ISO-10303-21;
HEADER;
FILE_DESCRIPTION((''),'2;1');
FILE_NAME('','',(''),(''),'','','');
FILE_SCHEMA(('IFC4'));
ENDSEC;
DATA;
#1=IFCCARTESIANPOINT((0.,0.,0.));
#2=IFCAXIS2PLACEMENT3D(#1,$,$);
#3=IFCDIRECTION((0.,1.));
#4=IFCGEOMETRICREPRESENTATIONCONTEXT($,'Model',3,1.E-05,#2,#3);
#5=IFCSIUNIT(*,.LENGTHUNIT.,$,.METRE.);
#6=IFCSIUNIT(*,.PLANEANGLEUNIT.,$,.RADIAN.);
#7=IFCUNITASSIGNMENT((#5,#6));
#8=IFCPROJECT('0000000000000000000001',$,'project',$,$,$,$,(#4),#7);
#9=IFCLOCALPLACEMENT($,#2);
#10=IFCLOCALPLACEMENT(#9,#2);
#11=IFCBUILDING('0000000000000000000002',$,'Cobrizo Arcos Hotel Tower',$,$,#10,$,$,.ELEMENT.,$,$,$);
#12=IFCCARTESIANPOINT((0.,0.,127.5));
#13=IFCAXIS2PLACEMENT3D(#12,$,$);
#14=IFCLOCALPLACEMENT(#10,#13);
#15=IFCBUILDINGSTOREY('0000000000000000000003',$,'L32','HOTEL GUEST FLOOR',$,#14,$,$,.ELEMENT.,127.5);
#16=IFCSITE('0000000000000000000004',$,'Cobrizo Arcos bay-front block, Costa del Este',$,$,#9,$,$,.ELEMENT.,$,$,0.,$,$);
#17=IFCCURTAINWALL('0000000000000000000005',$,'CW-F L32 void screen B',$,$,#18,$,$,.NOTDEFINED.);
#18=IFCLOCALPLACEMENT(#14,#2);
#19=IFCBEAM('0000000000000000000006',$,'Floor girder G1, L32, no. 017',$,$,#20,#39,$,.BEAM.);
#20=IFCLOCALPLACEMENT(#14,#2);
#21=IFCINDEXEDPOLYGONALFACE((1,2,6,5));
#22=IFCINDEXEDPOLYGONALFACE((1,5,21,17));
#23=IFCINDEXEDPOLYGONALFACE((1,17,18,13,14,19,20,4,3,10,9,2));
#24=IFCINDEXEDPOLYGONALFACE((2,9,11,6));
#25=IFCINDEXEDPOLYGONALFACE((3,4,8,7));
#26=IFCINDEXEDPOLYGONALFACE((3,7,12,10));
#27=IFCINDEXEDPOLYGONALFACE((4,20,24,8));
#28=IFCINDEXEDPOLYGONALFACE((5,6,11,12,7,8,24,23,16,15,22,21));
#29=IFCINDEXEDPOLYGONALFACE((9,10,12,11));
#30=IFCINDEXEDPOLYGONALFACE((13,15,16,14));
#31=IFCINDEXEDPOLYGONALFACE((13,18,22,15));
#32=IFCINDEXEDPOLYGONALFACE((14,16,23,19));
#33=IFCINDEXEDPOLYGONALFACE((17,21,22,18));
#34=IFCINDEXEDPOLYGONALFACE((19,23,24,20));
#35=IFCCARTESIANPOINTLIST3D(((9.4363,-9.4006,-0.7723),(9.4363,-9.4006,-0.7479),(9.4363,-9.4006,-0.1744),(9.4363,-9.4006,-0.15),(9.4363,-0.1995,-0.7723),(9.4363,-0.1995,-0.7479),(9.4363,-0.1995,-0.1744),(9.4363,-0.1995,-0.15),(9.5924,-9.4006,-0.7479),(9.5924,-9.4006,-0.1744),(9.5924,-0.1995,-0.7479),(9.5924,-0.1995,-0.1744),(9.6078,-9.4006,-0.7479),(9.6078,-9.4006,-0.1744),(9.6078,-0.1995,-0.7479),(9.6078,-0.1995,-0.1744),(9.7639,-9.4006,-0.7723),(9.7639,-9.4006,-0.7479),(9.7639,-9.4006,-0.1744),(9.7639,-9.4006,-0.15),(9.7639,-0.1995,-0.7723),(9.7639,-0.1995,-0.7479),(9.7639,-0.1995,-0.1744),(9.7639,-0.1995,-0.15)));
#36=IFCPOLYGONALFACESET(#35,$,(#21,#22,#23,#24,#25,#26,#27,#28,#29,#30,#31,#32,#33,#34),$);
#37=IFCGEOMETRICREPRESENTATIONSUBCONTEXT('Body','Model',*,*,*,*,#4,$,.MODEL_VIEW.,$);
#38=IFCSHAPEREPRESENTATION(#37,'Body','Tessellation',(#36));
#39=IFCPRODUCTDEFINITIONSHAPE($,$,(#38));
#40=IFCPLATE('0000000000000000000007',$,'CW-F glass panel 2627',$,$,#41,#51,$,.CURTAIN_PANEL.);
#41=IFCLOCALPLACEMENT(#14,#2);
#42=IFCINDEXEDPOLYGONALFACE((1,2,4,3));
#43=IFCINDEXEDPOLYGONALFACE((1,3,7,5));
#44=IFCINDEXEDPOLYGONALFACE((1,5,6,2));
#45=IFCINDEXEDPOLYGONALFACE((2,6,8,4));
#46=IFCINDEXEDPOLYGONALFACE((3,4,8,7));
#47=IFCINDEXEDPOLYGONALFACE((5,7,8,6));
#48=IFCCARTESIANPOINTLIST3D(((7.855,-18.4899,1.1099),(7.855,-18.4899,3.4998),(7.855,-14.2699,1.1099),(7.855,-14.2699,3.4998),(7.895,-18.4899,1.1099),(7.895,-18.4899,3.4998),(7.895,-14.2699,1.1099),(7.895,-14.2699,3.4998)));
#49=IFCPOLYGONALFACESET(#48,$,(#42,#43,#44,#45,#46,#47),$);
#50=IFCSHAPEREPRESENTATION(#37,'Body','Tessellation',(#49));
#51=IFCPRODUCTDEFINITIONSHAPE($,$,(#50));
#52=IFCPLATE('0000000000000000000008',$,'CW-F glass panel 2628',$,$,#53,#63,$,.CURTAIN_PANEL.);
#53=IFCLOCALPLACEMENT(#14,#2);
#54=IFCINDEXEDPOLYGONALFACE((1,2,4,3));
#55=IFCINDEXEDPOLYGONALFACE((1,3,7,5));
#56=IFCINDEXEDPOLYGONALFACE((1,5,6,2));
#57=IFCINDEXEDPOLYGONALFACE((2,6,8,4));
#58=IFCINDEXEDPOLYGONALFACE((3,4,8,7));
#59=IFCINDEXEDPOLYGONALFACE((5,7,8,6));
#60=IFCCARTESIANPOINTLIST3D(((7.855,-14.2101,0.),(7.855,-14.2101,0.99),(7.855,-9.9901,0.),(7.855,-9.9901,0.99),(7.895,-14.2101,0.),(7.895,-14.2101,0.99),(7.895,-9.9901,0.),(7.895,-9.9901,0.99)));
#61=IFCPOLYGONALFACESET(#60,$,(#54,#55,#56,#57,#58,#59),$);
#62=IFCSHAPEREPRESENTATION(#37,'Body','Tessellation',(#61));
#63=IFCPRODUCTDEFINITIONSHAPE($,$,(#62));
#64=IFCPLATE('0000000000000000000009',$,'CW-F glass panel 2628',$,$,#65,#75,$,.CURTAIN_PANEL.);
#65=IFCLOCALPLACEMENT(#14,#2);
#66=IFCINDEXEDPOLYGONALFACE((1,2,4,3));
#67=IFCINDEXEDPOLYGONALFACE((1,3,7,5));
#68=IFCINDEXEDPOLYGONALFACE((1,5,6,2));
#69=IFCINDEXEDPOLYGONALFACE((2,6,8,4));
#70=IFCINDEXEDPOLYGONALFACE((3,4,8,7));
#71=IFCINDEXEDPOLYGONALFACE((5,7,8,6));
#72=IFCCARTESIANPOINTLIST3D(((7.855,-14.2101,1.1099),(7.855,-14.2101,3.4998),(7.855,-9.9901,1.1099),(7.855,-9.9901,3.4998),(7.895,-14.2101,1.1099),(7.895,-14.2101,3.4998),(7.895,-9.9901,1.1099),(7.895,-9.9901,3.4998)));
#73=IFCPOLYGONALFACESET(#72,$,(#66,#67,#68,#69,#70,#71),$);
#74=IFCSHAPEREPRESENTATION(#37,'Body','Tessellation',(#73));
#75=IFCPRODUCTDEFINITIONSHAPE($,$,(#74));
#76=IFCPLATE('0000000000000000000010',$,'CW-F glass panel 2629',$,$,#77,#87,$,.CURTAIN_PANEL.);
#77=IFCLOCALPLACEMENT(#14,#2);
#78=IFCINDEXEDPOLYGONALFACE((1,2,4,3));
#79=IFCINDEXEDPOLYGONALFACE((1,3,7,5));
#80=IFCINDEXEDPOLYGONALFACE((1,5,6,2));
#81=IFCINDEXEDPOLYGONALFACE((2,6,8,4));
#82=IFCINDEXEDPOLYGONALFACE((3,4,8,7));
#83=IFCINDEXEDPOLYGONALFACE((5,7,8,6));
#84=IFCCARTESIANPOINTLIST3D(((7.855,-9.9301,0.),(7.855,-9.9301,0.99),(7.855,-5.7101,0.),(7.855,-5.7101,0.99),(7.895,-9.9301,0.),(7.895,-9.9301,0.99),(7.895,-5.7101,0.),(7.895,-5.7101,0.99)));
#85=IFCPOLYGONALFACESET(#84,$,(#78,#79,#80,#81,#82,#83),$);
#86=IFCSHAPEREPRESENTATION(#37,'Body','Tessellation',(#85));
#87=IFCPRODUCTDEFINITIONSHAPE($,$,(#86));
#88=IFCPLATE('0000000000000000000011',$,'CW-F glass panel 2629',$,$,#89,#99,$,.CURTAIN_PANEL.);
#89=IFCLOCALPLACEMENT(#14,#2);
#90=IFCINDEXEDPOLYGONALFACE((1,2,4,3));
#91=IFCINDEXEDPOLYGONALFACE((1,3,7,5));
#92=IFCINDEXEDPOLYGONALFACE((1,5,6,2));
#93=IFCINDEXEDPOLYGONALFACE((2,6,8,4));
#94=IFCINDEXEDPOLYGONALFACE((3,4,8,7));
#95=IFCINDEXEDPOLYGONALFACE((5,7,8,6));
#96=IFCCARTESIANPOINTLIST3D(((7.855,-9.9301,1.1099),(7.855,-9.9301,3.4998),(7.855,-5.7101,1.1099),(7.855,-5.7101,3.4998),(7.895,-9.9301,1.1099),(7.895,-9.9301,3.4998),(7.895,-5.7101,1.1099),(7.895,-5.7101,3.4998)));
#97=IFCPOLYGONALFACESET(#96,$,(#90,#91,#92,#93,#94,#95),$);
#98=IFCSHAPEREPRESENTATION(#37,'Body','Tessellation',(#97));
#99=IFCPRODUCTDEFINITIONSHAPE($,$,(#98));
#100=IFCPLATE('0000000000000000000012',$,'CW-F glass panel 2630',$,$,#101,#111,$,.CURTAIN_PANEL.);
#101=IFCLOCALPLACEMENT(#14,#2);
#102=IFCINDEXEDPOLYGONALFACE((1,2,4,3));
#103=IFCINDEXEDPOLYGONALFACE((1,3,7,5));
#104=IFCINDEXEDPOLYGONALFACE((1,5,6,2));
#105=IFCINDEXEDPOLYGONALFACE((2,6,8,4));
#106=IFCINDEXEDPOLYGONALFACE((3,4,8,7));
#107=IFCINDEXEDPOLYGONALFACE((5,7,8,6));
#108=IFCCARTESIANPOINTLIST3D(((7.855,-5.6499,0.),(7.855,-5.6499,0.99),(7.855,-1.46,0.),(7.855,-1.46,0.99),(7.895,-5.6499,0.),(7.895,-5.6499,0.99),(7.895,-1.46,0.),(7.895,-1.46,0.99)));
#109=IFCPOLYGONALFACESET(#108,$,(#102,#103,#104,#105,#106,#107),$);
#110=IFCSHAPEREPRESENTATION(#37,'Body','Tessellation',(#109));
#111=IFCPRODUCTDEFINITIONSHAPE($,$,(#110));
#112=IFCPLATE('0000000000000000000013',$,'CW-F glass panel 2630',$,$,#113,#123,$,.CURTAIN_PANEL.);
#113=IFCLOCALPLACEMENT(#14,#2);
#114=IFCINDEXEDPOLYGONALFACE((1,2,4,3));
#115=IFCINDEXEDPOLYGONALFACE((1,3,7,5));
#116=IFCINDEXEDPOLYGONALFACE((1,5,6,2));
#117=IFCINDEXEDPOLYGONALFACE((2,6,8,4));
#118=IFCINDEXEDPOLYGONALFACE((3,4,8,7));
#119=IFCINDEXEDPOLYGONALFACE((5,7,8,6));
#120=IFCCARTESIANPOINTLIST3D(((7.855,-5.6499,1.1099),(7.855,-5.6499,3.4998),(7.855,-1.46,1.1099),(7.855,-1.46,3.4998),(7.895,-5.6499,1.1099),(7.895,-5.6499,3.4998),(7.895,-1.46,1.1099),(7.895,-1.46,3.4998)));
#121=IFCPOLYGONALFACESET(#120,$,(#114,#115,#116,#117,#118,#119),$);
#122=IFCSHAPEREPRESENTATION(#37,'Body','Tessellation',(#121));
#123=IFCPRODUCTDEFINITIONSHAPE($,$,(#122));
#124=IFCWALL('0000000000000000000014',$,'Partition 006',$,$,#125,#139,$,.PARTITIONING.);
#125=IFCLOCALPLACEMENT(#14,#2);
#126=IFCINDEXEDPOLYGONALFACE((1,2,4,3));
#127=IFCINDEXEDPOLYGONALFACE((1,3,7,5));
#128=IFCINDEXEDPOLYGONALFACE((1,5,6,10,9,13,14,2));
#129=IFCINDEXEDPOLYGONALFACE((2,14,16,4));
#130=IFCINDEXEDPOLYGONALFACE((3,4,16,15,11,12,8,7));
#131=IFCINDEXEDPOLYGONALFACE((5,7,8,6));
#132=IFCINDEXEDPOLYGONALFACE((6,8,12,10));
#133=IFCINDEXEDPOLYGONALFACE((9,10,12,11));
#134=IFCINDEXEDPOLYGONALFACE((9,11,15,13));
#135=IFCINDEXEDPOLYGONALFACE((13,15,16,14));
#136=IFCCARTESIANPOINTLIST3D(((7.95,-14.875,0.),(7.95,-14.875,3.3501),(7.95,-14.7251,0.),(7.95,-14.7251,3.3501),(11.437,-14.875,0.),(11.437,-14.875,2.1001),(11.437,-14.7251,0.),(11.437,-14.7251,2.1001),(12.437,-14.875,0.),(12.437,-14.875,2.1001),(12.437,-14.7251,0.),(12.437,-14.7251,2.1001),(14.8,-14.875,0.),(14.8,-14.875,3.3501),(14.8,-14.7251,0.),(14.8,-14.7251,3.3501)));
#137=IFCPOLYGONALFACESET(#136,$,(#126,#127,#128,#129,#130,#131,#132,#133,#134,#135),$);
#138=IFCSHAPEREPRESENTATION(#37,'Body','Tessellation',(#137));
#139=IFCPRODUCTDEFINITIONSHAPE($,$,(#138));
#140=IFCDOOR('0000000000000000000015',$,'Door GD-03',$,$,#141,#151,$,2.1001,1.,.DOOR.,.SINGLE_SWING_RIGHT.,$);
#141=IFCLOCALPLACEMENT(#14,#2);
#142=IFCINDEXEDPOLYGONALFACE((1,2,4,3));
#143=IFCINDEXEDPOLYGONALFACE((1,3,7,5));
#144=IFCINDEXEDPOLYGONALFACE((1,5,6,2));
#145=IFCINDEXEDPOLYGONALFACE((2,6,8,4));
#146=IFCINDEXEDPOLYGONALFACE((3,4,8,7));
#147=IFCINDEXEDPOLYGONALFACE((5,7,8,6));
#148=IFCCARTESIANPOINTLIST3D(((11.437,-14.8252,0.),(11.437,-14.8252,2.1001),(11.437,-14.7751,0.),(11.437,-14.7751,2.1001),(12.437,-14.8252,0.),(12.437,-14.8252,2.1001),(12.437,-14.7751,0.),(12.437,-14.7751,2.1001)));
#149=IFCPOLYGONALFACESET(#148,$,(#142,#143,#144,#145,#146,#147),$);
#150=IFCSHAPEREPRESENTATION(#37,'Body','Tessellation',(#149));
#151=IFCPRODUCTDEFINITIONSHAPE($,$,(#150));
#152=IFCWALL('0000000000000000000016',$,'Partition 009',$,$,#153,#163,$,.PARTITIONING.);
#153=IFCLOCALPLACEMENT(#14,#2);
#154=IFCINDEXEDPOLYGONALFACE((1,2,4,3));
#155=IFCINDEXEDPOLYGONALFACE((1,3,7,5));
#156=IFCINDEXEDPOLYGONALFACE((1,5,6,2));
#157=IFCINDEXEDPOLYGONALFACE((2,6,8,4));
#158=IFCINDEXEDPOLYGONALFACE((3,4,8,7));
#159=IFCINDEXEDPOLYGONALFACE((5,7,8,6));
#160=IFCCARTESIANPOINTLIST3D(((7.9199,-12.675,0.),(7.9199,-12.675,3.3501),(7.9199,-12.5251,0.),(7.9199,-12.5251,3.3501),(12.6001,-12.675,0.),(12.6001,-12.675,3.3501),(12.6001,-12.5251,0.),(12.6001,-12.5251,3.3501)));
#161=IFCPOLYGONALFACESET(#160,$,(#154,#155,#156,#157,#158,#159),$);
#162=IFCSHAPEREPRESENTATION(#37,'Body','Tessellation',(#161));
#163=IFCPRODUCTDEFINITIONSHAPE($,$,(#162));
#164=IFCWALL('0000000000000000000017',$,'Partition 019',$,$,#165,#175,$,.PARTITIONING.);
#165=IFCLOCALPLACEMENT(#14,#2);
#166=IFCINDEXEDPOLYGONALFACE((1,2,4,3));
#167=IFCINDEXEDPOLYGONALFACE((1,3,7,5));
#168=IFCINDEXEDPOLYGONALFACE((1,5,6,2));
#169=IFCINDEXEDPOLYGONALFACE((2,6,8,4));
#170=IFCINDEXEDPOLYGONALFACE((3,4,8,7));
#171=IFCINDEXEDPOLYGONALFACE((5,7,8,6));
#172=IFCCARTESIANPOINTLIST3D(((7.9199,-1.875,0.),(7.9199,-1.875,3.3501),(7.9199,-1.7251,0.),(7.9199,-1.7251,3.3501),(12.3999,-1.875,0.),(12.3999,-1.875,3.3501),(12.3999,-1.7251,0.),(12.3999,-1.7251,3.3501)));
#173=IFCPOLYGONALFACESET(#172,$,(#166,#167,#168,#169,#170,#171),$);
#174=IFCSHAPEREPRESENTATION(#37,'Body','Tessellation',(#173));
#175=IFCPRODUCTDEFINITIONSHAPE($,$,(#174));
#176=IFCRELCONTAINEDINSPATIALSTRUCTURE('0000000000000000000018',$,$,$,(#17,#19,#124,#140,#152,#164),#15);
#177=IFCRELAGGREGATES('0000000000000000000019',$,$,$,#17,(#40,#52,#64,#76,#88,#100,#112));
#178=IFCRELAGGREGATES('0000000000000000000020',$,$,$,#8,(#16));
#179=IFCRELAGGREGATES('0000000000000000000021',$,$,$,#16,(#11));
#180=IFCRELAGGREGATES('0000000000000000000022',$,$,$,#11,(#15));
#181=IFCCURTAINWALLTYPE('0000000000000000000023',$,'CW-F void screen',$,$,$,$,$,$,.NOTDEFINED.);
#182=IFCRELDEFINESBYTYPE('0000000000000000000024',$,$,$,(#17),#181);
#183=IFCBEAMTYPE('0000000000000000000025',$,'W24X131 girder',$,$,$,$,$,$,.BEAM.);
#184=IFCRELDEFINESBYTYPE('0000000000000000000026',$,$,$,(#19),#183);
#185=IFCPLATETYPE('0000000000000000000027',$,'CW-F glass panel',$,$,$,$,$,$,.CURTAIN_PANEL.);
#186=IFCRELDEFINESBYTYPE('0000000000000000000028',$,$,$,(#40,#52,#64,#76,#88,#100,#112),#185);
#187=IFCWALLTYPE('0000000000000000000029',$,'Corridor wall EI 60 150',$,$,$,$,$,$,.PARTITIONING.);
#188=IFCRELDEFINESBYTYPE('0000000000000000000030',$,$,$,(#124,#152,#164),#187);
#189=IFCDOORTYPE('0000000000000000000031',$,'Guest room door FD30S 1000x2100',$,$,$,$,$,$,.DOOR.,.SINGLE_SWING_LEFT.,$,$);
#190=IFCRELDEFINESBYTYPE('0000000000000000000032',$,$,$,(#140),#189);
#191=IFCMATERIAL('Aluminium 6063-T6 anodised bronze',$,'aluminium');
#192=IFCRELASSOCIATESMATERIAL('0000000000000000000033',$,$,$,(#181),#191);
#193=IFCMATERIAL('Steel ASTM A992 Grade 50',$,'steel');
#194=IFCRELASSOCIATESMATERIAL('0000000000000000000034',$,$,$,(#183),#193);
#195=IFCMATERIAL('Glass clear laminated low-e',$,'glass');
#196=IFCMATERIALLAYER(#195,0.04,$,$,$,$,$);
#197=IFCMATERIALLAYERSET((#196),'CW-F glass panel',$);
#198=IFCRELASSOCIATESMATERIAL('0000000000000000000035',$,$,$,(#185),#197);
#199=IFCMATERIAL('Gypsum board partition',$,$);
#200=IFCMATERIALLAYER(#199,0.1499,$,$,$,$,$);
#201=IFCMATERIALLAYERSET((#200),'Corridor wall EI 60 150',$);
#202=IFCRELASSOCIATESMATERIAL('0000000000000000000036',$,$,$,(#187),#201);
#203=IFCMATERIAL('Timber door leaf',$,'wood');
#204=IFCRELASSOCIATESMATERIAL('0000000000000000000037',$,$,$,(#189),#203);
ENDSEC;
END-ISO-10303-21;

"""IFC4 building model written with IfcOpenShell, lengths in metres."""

from ifc_helpers import new_model, si_unit, direction, frame, frame_2d, origin, origin_2d, place, context, subcontext, project, spatial, rectangle, i_section, extrude, material, layer, layer_set, material_profile, profile_set, type_object, element, fill, aggregate, save


model = new_model("IFC4")

# Units and contexts
model_context = context("Model", 3, precision=1e-05, world=origin(), true_north=direction((0.0, 1.0)))
body_context = subcontext(model_context, "Body", "Model", "MODEL_VIEW")
ifc_project = project(units=[si_unit("LENGTHUNIT", "METRE"), si_unit("PLANEANGLEUNIT", "RADIAN")], contexts=[model_context])

# Site, building, storey
site_placement = place(None, origin())
site = spatial("IfcSite", under=ifc_project, at=site_placement, Name="Cobrizo Arcos bay-front block, Costa del Este", CompositionType="ELEMENT", RefElevation=0.0)
building_placement = place(site_placement, origin())
building = spatial("IfcBuilding", under=site, at=building_placement, Name="Cobrizo Arcos Hotel Tower", CompositionType="ELEMENT")
storey_placement = place(building_placement, frame((0.0, 0.0, 127.5)))
storey = spatial("IfcBuildingStorey", under=building, at=storey_placement, Name="L32", Description="HOTEL GUEST FLOOR", CompositionType="ELEMENT", Elevation=127.5)

# Shared definitions
ifc_material_1 = material(Name="Steel ASTM A992 Grade 50", Category="steel")

# Curtain wall
ifc_material_2 = material(Name="Aluminium 6063-T6 anodised bronze", Category="aluminium")
curtain_wall_type = type_object("IfcCurtainWallType", Name="CW-F void screen", PredefinedType="NOTDEFINED", material=ifc_material_2)
curtain_wall_placement = place(storey_placement, origin())
curtain_wall = element("IfcCurtainWall", 1, at=curtain_wall_placement, inside=storey, type_object=curtain_wall_type, Name="CW-F L32 void screen B", PredefinedType="NOTDEFINED")

# Beam
ifc_material_profile_1 = material_profile(ifc_material_1, i_section(OverallWidth=0.3276, OverallDepth=0.6223, WebThickness=0.0154, FlangeThickness=0.0244, at=origin_2d()), Name="W24X131")
ifc_profile_set_1 = profile_set([ifc_material_profile_1], Name="Steel ASTM A992 Grade 50")
beam_type_1 = type_object("IfcBeamType", Name="W24X131 girder", PredefinedType="BEAM", material=ifc_profile_set_1)
beam_1_placement = place(storey_placement, frame((9.6001, -9.4006, -0.4612), z_axis=(0.0, 1.0, 0.0), x_axis=(-1.0, 0.0, 0.0)))
element("IfcBeam", 2, at=beam_1_placement, inside=storey, type_object=beam_type_1, Name="Floor girder G1, L32, no. 017", PredefinedType="BEAM", context=body_context, shape_type="SweptSolid", body=[
    extrude(i_section(OverallWidth=0.3276, OverallDepth=0.6223, WebThickness=0.0154, FlangeThickness=0.0244, at=origin_2d()), origin(), (0.0, 0.0, 1.0), 9.2012),
])

# Plates
ifc_material_3 = material(Name="Glass clear laminated low-e", Category="glass")
ifc_layer_1 = layer(ifc_material_3, 0.04)
ifc_layer_set_1 = layer_set([ifc_layer_1], Name="CW-F glass panel")
plate_type = type_object("IfcPlateType", Name="CW-F glass panel", PredefinedType="CURTAIN_PANEL", material=ifc_layer_set_1)
plate_1_placement = place(storey_placement, frame((7.875, -16.3799, 1.1099), z_axis=(0.0, 0.0, 1.0), x_axis=(0.0, 1.0, 0.0)))
plate_1 = element("IfcPlate", 3, at=plate_1_placement, type_object=plate_type, Name="CW-F glass panel 2627", PredefinedType="CURTAIN_PANEL", context=body_context, shape_type="SweptSolid", body=[
    extrude(rectangle(XDim=4.22, YDim=0.04, at=origin_2d()), origin(), (0.0, 0.0, 1.0), 2.3899),
])
plate_2_placement = place(storey_placement, frame((7.875, -12.1001, 0.0), z_axis=(0.0, 0.0, 1.0), x_axis=(0.0, 1.0, 0.0)))
plate_2 = element("IfcPlate", 4, at=plate_2_placement, type_object=plate_type, Name="CW-F glass panel 2628", PredefinedType="CURTAIN_PANEL", context=body_context, shape_type="SweptSolid", body=[
    extrude(rectangle(XDim=4.22, YDim=0.04, at=origin_2d()), origin(), (0.0, 0.0, 1.0), 0.99),
])
plate_3_placement = place(storey_placement, frame((7.875, -12.1001, 1.1099), z_axis=(0.0, 0.0, 1.0), x_axis=(0.0, 1.0, 0.0)))
plate_3 = element("IfcPlate", 5, at=plate_3_placement, type_object=plate_type, Name="CW-F glass panel 2628", PredefinedType="CURTAIN_PANEL", context=body_context, shape_type="SweptSolid", body=[
    extrude(rectangle(XDim=4.22, YDim=0.04, at=origin_2d()), origin(), (0.0, 0.0, 1.0), 2.3899),
])
plate_4_placement = place(storey_placement, frame((7.875, -7.8201, 0.0), z_axis=(0.0, 0.0, 1.0), x_axis=(0.0, 1.0, 0.0)))
plate_4 = element("IfcPlate", 6, at=plate_4_placement, type_object=plate_type, Name="CW-F glass panel 2629", PredefinedType="CURTAIN_PANEL", context=body_context, shape_type="SweptSolid", body=[
    extrude(rectangle(XDim=4.22, YDim=0.04, at=origin_2d()), origin(), (0.0, 0.0, 1.0), 0.99),
])
plate_5_placement = place(storey_placement, frame((7.875, -7.8201, 1.1099), z_axis=(0.0, 0.0, 1.0), x_axis=(0.0, 1.0, 0.0)))
plate_5 = element("IfcPlate", 7, at=plate_5_placement, type_object=plate_type, Name="CW-F glass panel 2629", PredefinedType="CURTAIN_PANEL", context=body_context, shape_type="SweptSolid", body=[
    extrude(rectangle(XDim=4.22, YDim=0.04, at=origin_2d()), origin(), (0.0, 0.0, 1.0), 2.3899),
])
plate_6_placement = place(storey_placement, frame((7.875, -3.5549, 0.0), z_axis=(0.0, 0.0, 1.0), x_axis=(0.0, 1.0, 0.0)))
plate_6 = element("IfcPlate", 8, at=plate_6_placement, type_object=plate_type, Name="CW-F glass panel 2630", PredefinedType="CURTAIN_PANEL", context=body_context, shape_type="SweptSolid", body=[
    extrude(rectangle(XDim=4.1899, YDim=0.04, at=origin_2d()), origin(), (0.0, 0.0, 1.0), 0.99),
])
plate_7_placement = place(storey_placement, frame((7.875, -3.5549, 1.1099), z_axis=(0.0, 0.0, 1.0), x_axis=(0.0, 1.0, 0.0)))
plate_7 = element("IfcPlate", 9, at=plate_7_placement, type_object=plate_type, Name="CW-F glass panel 2630", PredefinedType="CURTAIN_PANEL", context=body_context, shape_type="SweptSolid", body=[
    extrude(rectangle(XDim=4.1899, YDim=0.04, at=origin_2d()), origin(), (0.0, 0.0, 1.0), 2.3899),
])
aggregate(curtain_wall, [plate_1, plate_2, plate_3, plate_4, plate_5, plate_6, plate_7])

# Wall, opening, door
ifc_material_4 = material(Name="Gypsum board partition")
ifc_layer_2 = layer(ifc_material_4, 0.1499)
ifc_layer_set_2 = layer_set([ifc_layer_2], Name="Corridor wall EI 60 150")
wall_type_1 = type_object("IfcWallType", Name="Corridor wall EI 60 150", PredefinedType="PARTITIONING", material=ifc_layer_set_2)
wall_1_placement = place(storey_placement, frame((7.95, -14.8, 0.0), z_axis=(0.0, 0.0, 1.0), x_axis=(1.0, 0.0, 0.0)))
wall_1 = element("IfcWall", 10, at=wall_1_placement, inside=storey, type_object=wall_type_1, Name="Partition 006", PredefinedType="PARTITIONING", context=body_context, shape_type="SweptSolid", body=[
    extrude(rectangle(XDim=6.8501, YDim=0.1499, at=frame_2d((3.425, 0.0))), origin(), (0.0, 0.0, 1.0), 3.3501),
])
opening_1_placement = place(wall_1_placement, frame((3.4871, 0.0, 0.0)))
opening_1 = element("IfcOpeningElement", 11, at=opening_1_placement, cuts=wall_1, PredefinedType="OPENING", context=body_context, shape_type="SweptSolid", body=[
    extrude(rectangle(XDim=1.0, YDim=2.1001, at=frame_2d((0.5, 1.05))), frame((0.0, 0.0869, 0.0), z_axis=(0.0, -1.0, 0.0), x_axis=(1.0, 0.0, 0.0)), (0.0, 0.0, 1.0), 0.1738),
])
ifc_material_5 = material(Name="Timber door leaf", Category="wood")
door_type_1 = type_object("IfcDoorType", Name="Guest room door FD30S 1000x2100", OperationType="SINGLE_SWING_LEFT", PredefinedType="DOOR", material=ifc_material_5)
door_1_placement = place(opening_1_placement, origin())
door_1 = element("IfcDoor", 12, at=door_1_placement, inside=storey, type_object=door_type_1, Name="Door GD-03", OperationType="SINGLE_SWING_RIGHT", OverallHeight=2.1001, OverallWidth=1.0, PredefinedType="DOOR", context=body_context, shape_type="SweptSolid", body=[
    extrude(rectangle(XDim=1.0, YDim=2.1001, at=frame_2d((0.5, 1.05))), frame((0.0, 0.0249, 0.0), z_axis=(0.0, -1.0, 0.0), x_axis=(1.0, 0.0, 0.0)), (0.0, 0.0, 1.0), 0.05),
])
fill(opening_1, door_1)

# Walls
wall_2_placement = place(storey_placement, frame((7.9199, -12.6001, 0.0), z_axis=(0.0, 0.0, 1.0), x_axis=(1.0, 0.0, 0.0)))
element("IfcWall", 13, at=wall_2_placement, inside=storey, type_object=wall_type_1, Name="Partition 009", PredefinedType="PARTITIONING", context=body_context, shape_type="SweptSolid", body=[
    extrude(rectangle(XDim=4.6802, YDim=0.1499, at=frame_2d((2.3401, 0.0))), origin(), (0.0, 0.0, 1.0), 3.3501),
])
wall_3_placement = place(storey_placement, frame((7.9199, -1.8, 0.0), z_axis=(0.0, 0.0, 1.0), x_axis=(1.0, 0.0, 0.0)))
element("IfcWall", 14, at=wall_3_placement, inside=storey, type_object=wall_type_1, Name="Partition 019", PredefinedType="PARTITIONING", context=body_context, shape_type="SweptSolid", body=[
    extrude(rectangle(XDim=4.48, YDim=0.1499, at=frame_2d((2.24, 0.0))), origin(), (0.0, 0.0, 1.0), 3.3501),
])

save(model, "model.ifc")
